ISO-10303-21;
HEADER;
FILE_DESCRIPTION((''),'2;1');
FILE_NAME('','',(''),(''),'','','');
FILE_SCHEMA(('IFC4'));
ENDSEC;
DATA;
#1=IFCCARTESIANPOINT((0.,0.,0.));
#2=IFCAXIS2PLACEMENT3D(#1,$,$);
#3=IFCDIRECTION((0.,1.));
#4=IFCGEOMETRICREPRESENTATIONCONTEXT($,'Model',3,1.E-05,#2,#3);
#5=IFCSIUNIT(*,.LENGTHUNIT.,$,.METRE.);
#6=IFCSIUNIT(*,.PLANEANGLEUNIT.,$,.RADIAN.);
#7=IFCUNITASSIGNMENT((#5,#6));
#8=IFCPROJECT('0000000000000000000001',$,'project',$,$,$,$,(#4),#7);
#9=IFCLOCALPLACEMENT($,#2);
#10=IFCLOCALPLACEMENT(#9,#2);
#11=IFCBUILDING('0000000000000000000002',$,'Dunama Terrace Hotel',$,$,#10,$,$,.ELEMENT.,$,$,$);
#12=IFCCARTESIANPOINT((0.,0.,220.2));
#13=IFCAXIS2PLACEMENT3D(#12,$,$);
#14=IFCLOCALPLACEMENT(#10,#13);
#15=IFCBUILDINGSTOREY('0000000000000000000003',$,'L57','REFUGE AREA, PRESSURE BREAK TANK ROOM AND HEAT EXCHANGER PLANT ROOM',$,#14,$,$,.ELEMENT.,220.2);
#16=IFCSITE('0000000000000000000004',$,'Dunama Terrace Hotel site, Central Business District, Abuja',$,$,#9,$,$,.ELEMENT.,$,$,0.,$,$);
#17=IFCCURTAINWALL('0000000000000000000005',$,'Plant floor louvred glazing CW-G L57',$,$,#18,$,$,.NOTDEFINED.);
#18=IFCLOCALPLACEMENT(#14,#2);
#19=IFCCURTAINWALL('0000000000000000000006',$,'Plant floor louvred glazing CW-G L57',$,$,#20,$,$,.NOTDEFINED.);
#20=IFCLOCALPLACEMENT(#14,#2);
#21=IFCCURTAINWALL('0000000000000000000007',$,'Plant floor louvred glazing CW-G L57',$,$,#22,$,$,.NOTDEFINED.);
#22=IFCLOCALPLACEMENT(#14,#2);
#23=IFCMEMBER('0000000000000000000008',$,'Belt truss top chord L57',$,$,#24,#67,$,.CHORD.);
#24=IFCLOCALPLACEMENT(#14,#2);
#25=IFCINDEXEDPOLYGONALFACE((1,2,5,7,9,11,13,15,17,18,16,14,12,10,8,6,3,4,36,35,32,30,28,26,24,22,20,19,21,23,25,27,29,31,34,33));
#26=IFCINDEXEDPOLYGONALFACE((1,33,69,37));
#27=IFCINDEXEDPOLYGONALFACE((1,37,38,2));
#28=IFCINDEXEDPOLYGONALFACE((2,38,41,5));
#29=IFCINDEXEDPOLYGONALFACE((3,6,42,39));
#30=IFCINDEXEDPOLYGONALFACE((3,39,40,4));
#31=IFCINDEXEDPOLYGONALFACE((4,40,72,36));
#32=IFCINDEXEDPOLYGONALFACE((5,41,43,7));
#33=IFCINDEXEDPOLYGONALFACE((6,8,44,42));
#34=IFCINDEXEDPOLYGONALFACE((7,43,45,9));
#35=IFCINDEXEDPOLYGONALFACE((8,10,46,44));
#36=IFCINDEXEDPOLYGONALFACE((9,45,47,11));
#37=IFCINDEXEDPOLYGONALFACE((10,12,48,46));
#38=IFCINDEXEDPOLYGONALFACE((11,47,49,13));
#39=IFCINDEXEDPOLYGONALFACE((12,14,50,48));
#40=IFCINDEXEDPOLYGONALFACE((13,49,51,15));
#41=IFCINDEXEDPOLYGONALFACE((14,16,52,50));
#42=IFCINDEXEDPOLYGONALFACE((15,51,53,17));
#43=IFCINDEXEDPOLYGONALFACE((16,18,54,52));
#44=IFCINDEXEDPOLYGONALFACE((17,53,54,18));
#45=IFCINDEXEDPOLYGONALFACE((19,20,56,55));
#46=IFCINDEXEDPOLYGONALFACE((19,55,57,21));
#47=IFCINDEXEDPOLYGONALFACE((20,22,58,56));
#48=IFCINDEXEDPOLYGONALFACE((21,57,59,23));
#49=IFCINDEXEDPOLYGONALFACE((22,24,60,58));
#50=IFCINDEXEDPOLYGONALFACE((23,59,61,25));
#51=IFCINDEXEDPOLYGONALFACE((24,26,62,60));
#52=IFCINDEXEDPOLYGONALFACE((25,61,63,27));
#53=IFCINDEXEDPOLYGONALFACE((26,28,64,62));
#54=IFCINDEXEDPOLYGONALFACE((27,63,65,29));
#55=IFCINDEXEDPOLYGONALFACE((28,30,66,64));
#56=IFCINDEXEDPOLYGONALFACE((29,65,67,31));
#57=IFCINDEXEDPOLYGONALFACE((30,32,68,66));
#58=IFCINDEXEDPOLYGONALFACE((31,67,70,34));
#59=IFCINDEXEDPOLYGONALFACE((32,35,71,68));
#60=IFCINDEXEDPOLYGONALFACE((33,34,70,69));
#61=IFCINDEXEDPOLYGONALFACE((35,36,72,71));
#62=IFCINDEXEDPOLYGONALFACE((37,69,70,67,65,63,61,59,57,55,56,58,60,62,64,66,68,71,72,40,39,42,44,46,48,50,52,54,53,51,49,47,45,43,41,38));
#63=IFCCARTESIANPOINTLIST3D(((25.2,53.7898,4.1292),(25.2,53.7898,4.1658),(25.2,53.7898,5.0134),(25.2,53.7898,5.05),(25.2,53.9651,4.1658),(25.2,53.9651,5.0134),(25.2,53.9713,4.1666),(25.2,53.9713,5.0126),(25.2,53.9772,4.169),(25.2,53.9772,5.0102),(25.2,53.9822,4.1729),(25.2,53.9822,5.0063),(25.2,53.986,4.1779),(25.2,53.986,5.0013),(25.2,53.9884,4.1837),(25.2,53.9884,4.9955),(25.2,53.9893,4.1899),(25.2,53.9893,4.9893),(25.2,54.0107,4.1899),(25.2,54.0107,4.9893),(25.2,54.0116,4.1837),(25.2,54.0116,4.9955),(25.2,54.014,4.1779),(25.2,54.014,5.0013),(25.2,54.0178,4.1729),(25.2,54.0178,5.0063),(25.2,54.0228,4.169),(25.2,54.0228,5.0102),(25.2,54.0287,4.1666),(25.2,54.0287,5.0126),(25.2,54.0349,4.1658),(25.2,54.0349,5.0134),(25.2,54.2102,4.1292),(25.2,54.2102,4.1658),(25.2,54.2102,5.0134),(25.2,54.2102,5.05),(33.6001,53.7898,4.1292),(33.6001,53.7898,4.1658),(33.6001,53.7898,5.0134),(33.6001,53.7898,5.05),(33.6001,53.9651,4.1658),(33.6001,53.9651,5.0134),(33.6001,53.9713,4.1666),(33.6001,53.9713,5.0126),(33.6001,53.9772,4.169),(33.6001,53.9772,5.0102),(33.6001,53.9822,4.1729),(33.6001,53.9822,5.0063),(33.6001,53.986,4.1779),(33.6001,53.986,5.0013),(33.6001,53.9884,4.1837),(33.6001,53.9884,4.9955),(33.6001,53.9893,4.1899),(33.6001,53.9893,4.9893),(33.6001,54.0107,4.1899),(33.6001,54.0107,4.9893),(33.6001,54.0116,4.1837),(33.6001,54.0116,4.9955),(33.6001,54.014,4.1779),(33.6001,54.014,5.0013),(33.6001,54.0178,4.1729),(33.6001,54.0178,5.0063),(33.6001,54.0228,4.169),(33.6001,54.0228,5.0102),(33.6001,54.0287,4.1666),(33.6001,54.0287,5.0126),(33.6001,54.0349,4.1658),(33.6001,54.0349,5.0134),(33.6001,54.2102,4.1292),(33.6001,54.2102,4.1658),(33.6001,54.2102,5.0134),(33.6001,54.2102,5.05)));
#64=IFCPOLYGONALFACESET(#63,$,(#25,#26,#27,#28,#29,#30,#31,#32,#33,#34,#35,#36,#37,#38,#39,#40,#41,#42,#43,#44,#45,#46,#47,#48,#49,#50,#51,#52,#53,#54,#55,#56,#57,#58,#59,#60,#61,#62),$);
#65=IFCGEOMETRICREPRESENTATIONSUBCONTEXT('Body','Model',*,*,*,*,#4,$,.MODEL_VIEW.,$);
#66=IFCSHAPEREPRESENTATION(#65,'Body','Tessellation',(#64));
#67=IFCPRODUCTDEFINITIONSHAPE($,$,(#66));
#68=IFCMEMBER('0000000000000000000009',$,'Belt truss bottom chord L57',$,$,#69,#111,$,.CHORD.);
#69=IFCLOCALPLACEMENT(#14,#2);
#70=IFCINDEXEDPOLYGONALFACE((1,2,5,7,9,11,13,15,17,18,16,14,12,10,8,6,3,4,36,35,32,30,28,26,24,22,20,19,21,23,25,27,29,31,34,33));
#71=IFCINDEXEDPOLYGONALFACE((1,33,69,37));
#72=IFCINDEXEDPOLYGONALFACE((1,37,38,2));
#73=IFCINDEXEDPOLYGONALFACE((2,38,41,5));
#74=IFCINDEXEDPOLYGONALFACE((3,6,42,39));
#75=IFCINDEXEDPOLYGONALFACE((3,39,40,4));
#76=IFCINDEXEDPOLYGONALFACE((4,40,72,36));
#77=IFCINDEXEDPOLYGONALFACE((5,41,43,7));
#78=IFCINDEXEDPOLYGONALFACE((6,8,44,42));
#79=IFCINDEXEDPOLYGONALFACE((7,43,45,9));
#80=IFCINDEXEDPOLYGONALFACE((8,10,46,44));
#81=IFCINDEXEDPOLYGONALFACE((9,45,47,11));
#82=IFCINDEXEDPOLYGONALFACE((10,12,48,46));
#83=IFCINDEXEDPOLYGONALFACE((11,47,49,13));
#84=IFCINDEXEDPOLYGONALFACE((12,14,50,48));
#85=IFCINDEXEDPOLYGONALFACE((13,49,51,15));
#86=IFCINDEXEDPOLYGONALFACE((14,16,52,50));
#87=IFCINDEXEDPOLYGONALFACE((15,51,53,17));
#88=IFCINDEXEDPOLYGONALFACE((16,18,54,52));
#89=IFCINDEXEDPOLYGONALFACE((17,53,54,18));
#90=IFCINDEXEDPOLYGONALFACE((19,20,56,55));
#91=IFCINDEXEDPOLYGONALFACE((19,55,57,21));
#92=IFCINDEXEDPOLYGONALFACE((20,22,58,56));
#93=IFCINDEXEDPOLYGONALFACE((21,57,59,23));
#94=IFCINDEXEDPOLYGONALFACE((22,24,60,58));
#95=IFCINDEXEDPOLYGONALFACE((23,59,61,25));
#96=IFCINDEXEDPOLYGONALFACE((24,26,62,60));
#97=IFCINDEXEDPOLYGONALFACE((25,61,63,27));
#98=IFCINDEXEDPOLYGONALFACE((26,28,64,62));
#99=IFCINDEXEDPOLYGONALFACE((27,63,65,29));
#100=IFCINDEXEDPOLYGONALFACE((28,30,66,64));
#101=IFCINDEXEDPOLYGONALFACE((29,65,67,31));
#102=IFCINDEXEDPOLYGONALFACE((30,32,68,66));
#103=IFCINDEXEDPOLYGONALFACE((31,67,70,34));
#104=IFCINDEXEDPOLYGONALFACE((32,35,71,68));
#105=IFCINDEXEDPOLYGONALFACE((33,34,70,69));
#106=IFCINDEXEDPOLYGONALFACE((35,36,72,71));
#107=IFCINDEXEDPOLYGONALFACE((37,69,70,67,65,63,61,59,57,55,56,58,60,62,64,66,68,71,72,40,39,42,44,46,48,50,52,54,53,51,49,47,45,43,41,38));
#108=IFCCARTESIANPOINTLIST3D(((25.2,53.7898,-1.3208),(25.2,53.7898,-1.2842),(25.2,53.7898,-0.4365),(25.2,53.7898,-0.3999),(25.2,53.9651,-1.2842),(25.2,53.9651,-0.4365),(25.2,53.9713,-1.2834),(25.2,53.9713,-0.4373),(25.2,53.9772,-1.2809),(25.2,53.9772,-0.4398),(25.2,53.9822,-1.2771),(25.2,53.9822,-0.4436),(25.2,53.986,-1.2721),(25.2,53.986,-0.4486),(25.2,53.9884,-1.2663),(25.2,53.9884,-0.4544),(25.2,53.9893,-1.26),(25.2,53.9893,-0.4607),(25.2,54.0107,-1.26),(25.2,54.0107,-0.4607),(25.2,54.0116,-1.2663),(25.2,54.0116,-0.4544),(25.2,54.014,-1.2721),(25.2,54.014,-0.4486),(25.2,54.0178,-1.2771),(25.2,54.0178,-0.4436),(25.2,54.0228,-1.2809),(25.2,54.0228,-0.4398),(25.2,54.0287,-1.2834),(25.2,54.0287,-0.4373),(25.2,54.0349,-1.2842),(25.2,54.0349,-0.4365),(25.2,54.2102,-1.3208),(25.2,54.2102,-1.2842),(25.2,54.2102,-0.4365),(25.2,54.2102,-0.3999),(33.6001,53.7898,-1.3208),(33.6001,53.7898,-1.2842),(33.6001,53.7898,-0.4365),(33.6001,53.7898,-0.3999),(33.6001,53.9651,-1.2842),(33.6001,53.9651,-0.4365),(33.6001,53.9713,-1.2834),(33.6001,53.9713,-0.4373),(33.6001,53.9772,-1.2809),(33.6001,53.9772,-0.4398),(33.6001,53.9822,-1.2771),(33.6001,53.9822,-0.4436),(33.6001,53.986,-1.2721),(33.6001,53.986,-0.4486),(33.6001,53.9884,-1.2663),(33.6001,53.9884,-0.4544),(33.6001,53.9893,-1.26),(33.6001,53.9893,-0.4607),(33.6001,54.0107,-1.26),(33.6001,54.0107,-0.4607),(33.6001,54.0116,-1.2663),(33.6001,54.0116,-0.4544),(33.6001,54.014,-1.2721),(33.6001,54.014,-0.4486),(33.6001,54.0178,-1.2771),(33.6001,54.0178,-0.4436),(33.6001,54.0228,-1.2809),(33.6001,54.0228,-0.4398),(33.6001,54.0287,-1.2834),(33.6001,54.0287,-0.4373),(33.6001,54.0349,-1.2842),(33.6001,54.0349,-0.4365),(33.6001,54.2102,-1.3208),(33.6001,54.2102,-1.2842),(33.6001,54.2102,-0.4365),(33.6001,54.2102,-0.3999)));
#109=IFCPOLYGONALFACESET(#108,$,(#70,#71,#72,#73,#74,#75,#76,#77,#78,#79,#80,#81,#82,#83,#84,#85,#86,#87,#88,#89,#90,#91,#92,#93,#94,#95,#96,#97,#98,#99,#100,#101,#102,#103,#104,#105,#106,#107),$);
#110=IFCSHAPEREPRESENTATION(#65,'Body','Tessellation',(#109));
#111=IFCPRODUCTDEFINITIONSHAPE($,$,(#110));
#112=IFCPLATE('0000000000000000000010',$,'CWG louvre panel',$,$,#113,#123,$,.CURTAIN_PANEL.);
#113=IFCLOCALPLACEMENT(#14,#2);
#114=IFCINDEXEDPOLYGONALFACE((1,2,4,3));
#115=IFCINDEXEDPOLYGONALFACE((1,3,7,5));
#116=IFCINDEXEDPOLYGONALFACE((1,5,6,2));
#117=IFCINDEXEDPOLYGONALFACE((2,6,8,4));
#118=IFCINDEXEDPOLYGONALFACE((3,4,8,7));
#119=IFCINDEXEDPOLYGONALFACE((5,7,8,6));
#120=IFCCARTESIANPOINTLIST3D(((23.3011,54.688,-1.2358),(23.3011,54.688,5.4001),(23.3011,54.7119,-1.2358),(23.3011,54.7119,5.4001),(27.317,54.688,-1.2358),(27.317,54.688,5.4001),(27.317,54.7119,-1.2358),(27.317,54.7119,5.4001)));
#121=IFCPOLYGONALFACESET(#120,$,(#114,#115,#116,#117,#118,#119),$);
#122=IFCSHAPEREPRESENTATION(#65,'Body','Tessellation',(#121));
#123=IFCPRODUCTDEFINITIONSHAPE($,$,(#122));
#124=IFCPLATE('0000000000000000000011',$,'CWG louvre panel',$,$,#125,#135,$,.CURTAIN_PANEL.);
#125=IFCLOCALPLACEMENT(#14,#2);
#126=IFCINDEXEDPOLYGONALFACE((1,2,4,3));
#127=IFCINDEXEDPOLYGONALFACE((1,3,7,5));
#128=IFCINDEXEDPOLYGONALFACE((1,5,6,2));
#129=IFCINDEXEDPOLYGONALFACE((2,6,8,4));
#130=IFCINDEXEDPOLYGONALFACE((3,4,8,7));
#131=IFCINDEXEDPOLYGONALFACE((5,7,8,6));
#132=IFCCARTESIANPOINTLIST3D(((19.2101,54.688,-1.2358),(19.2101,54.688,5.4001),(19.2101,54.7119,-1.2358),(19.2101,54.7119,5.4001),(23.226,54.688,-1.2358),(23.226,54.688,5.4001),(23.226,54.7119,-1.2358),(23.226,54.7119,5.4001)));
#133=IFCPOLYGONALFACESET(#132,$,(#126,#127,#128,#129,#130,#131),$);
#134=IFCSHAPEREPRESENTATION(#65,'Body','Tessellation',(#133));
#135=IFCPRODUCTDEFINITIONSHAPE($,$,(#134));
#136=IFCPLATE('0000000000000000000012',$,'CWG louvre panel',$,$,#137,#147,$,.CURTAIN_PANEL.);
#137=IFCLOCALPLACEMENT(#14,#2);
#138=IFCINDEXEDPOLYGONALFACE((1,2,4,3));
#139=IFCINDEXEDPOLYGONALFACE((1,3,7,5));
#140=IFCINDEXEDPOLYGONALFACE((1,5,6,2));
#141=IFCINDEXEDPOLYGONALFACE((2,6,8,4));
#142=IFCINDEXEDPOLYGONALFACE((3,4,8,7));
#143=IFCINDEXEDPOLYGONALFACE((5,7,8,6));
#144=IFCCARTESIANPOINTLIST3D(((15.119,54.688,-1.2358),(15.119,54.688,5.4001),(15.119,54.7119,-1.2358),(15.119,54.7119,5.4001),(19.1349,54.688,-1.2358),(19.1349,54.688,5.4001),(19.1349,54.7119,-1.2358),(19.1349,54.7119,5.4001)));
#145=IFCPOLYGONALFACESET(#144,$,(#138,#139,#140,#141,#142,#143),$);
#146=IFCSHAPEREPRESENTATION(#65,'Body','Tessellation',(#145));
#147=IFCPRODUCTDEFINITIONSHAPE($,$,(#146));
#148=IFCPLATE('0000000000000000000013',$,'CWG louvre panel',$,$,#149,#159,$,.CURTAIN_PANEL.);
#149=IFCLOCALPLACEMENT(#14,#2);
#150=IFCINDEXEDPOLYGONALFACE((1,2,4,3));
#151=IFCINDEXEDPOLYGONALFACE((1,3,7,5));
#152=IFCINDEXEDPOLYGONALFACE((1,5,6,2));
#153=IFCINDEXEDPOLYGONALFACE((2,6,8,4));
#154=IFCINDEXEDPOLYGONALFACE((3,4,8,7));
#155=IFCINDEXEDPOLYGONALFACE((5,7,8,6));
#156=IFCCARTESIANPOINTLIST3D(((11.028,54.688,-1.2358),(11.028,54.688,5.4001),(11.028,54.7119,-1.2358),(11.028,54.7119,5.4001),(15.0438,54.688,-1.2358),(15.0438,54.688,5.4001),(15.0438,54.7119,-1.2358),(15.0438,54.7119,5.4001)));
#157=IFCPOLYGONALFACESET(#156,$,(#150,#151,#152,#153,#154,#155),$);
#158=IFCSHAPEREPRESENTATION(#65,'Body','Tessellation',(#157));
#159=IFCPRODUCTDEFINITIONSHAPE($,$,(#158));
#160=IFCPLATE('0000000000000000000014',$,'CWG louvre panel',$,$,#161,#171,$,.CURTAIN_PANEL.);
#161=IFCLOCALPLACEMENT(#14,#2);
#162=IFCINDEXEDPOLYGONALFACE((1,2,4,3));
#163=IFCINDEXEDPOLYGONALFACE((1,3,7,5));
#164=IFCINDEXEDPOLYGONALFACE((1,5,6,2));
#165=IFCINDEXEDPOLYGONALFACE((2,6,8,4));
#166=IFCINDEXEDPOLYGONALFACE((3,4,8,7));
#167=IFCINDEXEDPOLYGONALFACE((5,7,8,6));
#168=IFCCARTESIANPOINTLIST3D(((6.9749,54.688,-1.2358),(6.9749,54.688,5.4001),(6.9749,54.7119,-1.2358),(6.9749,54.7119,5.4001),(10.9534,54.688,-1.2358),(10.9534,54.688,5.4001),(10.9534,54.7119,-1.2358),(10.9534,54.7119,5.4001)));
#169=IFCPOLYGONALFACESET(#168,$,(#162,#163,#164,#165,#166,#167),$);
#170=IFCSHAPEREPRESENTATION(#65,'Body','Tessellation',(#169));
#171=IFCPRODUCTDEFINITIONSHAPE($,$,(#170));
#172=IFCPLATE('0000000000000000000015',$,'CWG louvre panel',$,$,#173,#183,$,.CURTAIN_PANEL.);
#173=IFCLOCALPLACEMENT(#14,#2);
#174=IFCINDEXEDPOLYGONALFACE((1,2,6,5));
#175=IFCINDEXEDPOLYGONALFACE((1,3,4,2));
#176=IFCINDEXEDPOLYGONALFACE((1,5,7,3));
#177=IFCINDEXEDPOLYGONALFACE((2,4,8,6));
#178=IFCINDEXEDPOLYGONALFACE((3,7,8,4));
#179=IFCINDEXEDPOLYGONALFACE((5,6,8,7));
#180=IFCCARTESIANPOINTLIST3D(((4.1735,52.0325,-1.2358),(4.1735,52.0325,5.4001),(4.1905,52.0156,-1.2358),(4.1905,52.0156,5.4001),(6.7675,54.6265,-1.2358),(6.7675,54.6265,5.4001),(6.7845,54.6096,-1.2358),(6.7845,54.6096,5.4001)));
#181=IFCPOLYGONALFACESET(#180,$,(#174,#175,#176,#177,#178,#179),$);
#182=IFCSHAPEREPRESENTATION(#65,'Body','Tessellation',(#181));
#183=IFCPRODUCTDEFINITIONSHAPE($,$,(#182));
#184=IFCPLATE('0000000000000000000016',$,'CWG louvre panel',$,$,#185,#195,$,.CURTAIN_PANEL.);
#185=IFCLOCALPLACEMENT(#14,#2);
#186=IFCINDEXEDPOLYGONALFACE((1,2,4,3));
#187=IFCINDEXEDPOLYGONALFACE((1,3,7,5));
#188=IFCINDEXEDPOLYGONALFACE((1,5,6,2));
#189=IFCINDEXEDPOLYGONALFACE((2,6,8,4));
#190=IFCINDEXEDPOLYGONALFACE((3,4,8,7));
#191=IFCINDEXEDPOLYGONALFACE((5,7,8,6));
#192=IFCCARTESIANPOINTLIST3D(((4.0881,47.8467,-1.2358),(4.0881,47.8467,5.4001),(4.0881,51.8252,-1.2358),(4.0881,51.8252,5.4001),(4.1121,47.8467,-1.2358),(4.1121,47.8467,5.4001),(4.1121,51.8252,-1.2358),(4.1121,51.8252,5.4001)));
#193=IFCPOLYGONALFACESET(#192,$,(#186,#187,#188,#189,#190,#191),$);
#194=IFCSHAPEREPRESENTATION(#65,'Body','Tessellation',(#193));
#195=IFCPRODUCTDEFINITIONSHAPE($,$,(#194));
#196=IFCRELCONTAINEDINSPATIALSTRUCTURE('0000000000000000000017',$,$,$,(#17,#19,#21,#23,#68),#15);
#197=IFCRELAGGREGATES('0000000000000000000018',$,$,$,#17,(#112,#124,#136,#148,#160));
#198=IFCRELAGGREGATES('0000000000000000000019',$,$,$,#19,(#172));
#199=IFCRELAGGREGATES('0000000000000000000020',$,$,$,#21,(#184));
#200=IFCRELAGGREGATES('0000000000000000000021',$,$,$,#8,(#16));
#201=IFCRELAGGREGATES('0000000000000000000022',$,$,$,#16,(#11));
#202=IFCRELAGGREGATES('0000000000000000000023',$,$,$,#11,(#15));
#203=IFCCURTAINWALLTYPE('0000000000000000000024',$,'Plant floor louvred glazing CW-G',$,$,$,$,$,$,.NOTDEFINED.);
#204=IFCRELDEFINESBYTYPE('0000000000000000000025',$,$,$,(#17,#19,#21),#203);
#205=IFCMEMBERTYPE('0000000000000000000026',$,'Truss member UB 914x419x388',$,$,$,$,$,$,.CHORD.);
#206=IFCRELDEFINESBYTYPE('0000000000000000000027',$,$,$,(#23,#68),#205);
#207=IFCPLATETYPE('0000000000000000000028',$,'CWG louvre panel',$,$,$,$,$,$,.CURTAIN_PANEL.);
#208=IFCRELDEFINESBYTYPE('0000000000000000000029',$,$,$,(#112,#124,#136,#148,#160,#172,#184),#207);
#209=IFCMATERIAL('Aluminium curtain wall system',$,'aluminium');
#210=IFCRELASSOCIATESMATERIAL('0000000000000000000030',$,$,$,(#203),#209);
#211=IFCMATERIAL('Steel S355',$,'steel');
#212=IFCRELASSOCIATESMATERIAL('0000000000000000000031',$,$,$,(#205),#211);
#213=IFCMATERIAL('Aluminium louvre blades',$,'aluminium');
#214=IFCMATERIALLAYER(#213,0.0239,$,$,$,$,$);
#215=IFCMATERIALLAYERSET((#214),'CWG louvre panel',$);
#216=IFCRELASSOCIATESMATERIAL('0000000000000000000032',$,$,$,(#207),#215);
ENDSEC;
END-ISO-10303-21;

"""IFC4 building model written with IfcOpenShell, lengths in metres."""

from ifc_helpers import new_model, si_unit, direction, frame, origin, origin_2d, place, context, subcontext, project, spatial, rectangle, i_section, extrude, material, layer, layer_set, material_profile, profile_set, type_object, element, aggregate, save


model = new_model("IFC4")

# Units and contexts
model_context = context("Model", 3, precision=1e-05, world=origin(), true_north=direction((0.0, 1.0)))
body_context = subcontext(model_context, "Body", "Model", "MODEL_VIEW")
ifc_project = project(units=[si_unit("LENGTHUNIT", "METRE"), si_unit("PLANEANGLEUNIT", "RADIAN")], contexts=[model_context])

# Site, building, storey
site_placement = place(None, origin())
site = spatial("IfcSite", under=ifc_project, at=site_placement, Name="Dunama Terrace Hotel site, Central Business District, Abuja", CompositionType="ELEMENT", RefElevation=0.0)
building_placement = place(site_placement, origin())
building = spatial("IfcBuilding", under=site, at=building_placement, Name="Dunama Terrace Hotel", CompositionType="ELEMENT")
storey_placement = place(building_placement, frame((0.0, 0.0, 220.2)))
storey = spatial("IfcBuildingStorey", under=building, at=storey_placement, Name="L57", Description="REFUGE AREA, PRESSURE BREAK TANK ROOM AND HEAT EXCHANGER PLANT ROOM", CompositionType="ELEMENT", Elevation=220.2)

# Curtain walls
ifc_material_1 = material(Name="Aluminium curtain wall system", Category="aluminium")
curtain_wall_type = type_object("IfcCurtainWallType", Name="Plant floor louvred glazing CW-G", PredefinedType="NOTDEFINED", material=ifc_material_1)
curtain_wall_1_placement = place(storey_placement, origin())
curtain_wall_1 = element("IfcCurtainWall", 1, at=curtain_wall_1_placement, inside=storey, type_object=curtain_wall_type, Name="Plant floor louvred glazing CW-G L57", PredefinedType="NOTDEFINED")
curtain_wall_2_placement = place(storey_placement, origin())
curtain_wall_2 = element("IfcCurtainWall", 2, at=curtain_wall_2_placement, inside=storey, type_object=curtain_wall_type, Name="Plant floor louvred glazing CW-G L57", PredefinedType="NOTDEFINED")
curtain_wall_3_placement = place(storey_placement, origin())
curtain_wall_3 = element("IfcCurtainWall", 3, at=curtain_wall_3_placement, inside=storey, type_object=curtain_wall_type, Name="Plant floor louvred glazing CW-G L57", PredefinedType="NOTDEFINED")

# Members
ifc_material_2 = material(Name="Steel S355", Category="steel")
ifc_material_profile_1 = material_profile(ifc_material_2, i_section(OverallWidth=0.4204, OverallDepth=0.9209, WebThickness=0.0215, FlangeThickness=0.0366, FilletRadius=0.0242, at=origin_2d()), Name="UB 914x419x388")
ifc_profile_set_1 = profile_set([ifc_material_profile_1], Name="Steel S355")
member_type_1 = type_object("IfcMemberType", Name="Truss member UB 914x419x388", PredefinedType="CHORD", material=ifc_profile_set_1)
for number, where, z_axis, x_axis, name in (
    (4, (25.2, 54.0, 4.5896), (1.0, 0.0, 0.0), (0.0, 1.0, 0.0), "Belt truss top chord L57"),
    (5, (25.2, 54.0, -0.8604), (1.0, 0.0, 0.0), (0.0, 1.0, 0.0), "Belt truss bottom chord L57"),
):
    element("IfcMember", number, at=place(storey_placement, frame(where, z_axis=z_axis, x_axis=x_axis)), inside=storey, type_object=member_type_1, Name=name, PredefinedType="CHORD", context=body_context, shape_type="SweptSolid", body=[
        extrude(i_section(OverallWidth=0.4204, OverallDepth=0.9209, WebThickness=0.0215, FlangeThickness=0.0366, FilletRadius=0.0242, at=origin_2d()), origin(), (0.0, 0.0, 1.0), 8.4001),
    ])

# Plates
ifc_material_3 = material(Name="Aluminium louvre blades", Category="aluminium")
ifc_layer = layer(ifc_material_3, 0.0239)
ifc_layer_set = layer_set([ifc_layer], Name="CWG louvre panel")
plate_type = type_object("IfcPlateType", Name="CWG louvre panel", PredefinedType="CURTAIN_PANEL", material=ifc_layer_set)
plate_1_placement = place(storey_placement, frame((25.3091, 54.7, -1.2358), z_axis=(0.0, 0.0, 1.0), x_axis=(-1.0, 0.0, 0.0)))
plate_1 = element("IfcPlate", 6, at=plate_1_placement, type_object=plate_type, Name="CWG louvre panel", PredefinedType="CURTAIN_PANEL", context=body_context, shape_type="SweptSolid", body=[
    extrude(rectangle(XDim=4.0159, YDim=0.0239, at=origin_2d()), origin(), (0.0, 0.0, 1.0), 6.636),
])
plate_2_placement = place(storey_placement, frame((21.218, 54.7, -1.2358), z_axis=(0.0, 0.0, 1.0), x_axis=(-1.0, 0.0, 0.0)))
plate_2 = element("IfcPlate", 7, at=plate_2_placement, type_object=plate_type, Name="CWG louvre panel", PredefinedType="CURTAIN_PANEL", context=body_context, shape_type="SweptSolid", body=[
    extrude(rectangle(XDim=4.0159, YDim=0.0239, at=origin_2d()), origin(), (0.0, 0.0, 1.0), 6.636),
])
plate_3_placement = place(storey_placement, frame((17.127, 54.7, -1.2358), z_axis=(0.0, 0.0, 1.0), x_axis=(-1.0, 0.0, 0.0)))
plate_3 = element("IfcPlate", 8, at=plate_3_placement, type_object=plate_type, Name="CWG louvre panel", PredefinedType="CURTAIN_PANEL", context=body_context, shape_type="SweptSolid", body=[
    extrude(rectangle(XDim=4.0159, YDim=0.0239, at=origin_2d()), origin(), (0.0, 0.0, 1.0), 6.636),
])
plate_4_placement = place(storey_placement, frame((13.0359, 54.7, -1.2358), z_axis=(0.0, 0.0, 1.0), x_axis=(-1.0, 0.0, 0.0)))
plate_4 = element("IfcPlate", 9, at=plate_4_placement, type_object=plate_type, Name="CWG louvre panel", PredefinedType="CURTAIN_PANEL", context=body_context, shape_type="SweptSolid", body=[
    extrude(rectangle(XDim=4.0159, YDim=0.0239, at=origin_2d()), origin(), (0.0, 0.0, 1.0), 6.636),
])
plate_5_placement = place(storey_placement, frame((8.9641, 54.7, -1.2358), z_axis=(0.0, 0.0, 1.0), x_axis=(-1.0, 0.0, 0.0)))
plate_5 = element("IfcPlate", 10, at=plate_5_placement, type_object=plate_type, Name="CWG louvre panel", PredefinedType="CURTAIN_PANEL", context=body_context, shape_type="SweptSolid", body=[
    extrude(rectangle(XDim=3.9785, YDim=0.0239, at=origin_2d()), origin(), (0.0, 0.0, 1.0), 6.636),
])
aggregate(curtain_wall_1, [plate_1, plate_2, plate_3, plate_4, plate_5])
plate_6_placement = place(storey_placement, frame((5.479, 53.321, -1.2358), z_axis=(0.0, 0.0, 1.0), x_axis=(-0.707107, -0.707107, 0.0)))
plate_6 = element("IfcPlate", 11, at=plate_6_placement, type_object=plate_type, Name="CWG louvre panel", PredefinedType="CURTAIN_PANEL", context=body_context, shape_type="SweptSolid", body=[
    extrude(rectangle(XDim=3.6685, YDim=0.0239, at=origin_2d()), origin(), (0.0, 0.0, 1.0), 6.636),
])
aggregate(curtain_wall_2, [plate_6])
plate_7_placement = place(storey_placement, frame((4.1001, 49.8359, -1.2358), z_axis=(0.0, 0.0, 1.0), x_axis=(0.0, -1.0, 0.0)))
plate_7 = element("IfcPlate", 12, at=plate_7_placement, type_object=plate_type, Name="CWG louvre panel", PredefinedType="CURTAIN_PANEL", context=body_context, shape_type="SweptSolid", body=[
    extrude(rectangle(XDim=3.9785, YDim=0.0239, at=origin_2d()), origin(), (0.0, 0.0, 1.0), 6.636),
])
aggregate(curtain_wall_3, [plate_7])

save(model, "model.ifc")
